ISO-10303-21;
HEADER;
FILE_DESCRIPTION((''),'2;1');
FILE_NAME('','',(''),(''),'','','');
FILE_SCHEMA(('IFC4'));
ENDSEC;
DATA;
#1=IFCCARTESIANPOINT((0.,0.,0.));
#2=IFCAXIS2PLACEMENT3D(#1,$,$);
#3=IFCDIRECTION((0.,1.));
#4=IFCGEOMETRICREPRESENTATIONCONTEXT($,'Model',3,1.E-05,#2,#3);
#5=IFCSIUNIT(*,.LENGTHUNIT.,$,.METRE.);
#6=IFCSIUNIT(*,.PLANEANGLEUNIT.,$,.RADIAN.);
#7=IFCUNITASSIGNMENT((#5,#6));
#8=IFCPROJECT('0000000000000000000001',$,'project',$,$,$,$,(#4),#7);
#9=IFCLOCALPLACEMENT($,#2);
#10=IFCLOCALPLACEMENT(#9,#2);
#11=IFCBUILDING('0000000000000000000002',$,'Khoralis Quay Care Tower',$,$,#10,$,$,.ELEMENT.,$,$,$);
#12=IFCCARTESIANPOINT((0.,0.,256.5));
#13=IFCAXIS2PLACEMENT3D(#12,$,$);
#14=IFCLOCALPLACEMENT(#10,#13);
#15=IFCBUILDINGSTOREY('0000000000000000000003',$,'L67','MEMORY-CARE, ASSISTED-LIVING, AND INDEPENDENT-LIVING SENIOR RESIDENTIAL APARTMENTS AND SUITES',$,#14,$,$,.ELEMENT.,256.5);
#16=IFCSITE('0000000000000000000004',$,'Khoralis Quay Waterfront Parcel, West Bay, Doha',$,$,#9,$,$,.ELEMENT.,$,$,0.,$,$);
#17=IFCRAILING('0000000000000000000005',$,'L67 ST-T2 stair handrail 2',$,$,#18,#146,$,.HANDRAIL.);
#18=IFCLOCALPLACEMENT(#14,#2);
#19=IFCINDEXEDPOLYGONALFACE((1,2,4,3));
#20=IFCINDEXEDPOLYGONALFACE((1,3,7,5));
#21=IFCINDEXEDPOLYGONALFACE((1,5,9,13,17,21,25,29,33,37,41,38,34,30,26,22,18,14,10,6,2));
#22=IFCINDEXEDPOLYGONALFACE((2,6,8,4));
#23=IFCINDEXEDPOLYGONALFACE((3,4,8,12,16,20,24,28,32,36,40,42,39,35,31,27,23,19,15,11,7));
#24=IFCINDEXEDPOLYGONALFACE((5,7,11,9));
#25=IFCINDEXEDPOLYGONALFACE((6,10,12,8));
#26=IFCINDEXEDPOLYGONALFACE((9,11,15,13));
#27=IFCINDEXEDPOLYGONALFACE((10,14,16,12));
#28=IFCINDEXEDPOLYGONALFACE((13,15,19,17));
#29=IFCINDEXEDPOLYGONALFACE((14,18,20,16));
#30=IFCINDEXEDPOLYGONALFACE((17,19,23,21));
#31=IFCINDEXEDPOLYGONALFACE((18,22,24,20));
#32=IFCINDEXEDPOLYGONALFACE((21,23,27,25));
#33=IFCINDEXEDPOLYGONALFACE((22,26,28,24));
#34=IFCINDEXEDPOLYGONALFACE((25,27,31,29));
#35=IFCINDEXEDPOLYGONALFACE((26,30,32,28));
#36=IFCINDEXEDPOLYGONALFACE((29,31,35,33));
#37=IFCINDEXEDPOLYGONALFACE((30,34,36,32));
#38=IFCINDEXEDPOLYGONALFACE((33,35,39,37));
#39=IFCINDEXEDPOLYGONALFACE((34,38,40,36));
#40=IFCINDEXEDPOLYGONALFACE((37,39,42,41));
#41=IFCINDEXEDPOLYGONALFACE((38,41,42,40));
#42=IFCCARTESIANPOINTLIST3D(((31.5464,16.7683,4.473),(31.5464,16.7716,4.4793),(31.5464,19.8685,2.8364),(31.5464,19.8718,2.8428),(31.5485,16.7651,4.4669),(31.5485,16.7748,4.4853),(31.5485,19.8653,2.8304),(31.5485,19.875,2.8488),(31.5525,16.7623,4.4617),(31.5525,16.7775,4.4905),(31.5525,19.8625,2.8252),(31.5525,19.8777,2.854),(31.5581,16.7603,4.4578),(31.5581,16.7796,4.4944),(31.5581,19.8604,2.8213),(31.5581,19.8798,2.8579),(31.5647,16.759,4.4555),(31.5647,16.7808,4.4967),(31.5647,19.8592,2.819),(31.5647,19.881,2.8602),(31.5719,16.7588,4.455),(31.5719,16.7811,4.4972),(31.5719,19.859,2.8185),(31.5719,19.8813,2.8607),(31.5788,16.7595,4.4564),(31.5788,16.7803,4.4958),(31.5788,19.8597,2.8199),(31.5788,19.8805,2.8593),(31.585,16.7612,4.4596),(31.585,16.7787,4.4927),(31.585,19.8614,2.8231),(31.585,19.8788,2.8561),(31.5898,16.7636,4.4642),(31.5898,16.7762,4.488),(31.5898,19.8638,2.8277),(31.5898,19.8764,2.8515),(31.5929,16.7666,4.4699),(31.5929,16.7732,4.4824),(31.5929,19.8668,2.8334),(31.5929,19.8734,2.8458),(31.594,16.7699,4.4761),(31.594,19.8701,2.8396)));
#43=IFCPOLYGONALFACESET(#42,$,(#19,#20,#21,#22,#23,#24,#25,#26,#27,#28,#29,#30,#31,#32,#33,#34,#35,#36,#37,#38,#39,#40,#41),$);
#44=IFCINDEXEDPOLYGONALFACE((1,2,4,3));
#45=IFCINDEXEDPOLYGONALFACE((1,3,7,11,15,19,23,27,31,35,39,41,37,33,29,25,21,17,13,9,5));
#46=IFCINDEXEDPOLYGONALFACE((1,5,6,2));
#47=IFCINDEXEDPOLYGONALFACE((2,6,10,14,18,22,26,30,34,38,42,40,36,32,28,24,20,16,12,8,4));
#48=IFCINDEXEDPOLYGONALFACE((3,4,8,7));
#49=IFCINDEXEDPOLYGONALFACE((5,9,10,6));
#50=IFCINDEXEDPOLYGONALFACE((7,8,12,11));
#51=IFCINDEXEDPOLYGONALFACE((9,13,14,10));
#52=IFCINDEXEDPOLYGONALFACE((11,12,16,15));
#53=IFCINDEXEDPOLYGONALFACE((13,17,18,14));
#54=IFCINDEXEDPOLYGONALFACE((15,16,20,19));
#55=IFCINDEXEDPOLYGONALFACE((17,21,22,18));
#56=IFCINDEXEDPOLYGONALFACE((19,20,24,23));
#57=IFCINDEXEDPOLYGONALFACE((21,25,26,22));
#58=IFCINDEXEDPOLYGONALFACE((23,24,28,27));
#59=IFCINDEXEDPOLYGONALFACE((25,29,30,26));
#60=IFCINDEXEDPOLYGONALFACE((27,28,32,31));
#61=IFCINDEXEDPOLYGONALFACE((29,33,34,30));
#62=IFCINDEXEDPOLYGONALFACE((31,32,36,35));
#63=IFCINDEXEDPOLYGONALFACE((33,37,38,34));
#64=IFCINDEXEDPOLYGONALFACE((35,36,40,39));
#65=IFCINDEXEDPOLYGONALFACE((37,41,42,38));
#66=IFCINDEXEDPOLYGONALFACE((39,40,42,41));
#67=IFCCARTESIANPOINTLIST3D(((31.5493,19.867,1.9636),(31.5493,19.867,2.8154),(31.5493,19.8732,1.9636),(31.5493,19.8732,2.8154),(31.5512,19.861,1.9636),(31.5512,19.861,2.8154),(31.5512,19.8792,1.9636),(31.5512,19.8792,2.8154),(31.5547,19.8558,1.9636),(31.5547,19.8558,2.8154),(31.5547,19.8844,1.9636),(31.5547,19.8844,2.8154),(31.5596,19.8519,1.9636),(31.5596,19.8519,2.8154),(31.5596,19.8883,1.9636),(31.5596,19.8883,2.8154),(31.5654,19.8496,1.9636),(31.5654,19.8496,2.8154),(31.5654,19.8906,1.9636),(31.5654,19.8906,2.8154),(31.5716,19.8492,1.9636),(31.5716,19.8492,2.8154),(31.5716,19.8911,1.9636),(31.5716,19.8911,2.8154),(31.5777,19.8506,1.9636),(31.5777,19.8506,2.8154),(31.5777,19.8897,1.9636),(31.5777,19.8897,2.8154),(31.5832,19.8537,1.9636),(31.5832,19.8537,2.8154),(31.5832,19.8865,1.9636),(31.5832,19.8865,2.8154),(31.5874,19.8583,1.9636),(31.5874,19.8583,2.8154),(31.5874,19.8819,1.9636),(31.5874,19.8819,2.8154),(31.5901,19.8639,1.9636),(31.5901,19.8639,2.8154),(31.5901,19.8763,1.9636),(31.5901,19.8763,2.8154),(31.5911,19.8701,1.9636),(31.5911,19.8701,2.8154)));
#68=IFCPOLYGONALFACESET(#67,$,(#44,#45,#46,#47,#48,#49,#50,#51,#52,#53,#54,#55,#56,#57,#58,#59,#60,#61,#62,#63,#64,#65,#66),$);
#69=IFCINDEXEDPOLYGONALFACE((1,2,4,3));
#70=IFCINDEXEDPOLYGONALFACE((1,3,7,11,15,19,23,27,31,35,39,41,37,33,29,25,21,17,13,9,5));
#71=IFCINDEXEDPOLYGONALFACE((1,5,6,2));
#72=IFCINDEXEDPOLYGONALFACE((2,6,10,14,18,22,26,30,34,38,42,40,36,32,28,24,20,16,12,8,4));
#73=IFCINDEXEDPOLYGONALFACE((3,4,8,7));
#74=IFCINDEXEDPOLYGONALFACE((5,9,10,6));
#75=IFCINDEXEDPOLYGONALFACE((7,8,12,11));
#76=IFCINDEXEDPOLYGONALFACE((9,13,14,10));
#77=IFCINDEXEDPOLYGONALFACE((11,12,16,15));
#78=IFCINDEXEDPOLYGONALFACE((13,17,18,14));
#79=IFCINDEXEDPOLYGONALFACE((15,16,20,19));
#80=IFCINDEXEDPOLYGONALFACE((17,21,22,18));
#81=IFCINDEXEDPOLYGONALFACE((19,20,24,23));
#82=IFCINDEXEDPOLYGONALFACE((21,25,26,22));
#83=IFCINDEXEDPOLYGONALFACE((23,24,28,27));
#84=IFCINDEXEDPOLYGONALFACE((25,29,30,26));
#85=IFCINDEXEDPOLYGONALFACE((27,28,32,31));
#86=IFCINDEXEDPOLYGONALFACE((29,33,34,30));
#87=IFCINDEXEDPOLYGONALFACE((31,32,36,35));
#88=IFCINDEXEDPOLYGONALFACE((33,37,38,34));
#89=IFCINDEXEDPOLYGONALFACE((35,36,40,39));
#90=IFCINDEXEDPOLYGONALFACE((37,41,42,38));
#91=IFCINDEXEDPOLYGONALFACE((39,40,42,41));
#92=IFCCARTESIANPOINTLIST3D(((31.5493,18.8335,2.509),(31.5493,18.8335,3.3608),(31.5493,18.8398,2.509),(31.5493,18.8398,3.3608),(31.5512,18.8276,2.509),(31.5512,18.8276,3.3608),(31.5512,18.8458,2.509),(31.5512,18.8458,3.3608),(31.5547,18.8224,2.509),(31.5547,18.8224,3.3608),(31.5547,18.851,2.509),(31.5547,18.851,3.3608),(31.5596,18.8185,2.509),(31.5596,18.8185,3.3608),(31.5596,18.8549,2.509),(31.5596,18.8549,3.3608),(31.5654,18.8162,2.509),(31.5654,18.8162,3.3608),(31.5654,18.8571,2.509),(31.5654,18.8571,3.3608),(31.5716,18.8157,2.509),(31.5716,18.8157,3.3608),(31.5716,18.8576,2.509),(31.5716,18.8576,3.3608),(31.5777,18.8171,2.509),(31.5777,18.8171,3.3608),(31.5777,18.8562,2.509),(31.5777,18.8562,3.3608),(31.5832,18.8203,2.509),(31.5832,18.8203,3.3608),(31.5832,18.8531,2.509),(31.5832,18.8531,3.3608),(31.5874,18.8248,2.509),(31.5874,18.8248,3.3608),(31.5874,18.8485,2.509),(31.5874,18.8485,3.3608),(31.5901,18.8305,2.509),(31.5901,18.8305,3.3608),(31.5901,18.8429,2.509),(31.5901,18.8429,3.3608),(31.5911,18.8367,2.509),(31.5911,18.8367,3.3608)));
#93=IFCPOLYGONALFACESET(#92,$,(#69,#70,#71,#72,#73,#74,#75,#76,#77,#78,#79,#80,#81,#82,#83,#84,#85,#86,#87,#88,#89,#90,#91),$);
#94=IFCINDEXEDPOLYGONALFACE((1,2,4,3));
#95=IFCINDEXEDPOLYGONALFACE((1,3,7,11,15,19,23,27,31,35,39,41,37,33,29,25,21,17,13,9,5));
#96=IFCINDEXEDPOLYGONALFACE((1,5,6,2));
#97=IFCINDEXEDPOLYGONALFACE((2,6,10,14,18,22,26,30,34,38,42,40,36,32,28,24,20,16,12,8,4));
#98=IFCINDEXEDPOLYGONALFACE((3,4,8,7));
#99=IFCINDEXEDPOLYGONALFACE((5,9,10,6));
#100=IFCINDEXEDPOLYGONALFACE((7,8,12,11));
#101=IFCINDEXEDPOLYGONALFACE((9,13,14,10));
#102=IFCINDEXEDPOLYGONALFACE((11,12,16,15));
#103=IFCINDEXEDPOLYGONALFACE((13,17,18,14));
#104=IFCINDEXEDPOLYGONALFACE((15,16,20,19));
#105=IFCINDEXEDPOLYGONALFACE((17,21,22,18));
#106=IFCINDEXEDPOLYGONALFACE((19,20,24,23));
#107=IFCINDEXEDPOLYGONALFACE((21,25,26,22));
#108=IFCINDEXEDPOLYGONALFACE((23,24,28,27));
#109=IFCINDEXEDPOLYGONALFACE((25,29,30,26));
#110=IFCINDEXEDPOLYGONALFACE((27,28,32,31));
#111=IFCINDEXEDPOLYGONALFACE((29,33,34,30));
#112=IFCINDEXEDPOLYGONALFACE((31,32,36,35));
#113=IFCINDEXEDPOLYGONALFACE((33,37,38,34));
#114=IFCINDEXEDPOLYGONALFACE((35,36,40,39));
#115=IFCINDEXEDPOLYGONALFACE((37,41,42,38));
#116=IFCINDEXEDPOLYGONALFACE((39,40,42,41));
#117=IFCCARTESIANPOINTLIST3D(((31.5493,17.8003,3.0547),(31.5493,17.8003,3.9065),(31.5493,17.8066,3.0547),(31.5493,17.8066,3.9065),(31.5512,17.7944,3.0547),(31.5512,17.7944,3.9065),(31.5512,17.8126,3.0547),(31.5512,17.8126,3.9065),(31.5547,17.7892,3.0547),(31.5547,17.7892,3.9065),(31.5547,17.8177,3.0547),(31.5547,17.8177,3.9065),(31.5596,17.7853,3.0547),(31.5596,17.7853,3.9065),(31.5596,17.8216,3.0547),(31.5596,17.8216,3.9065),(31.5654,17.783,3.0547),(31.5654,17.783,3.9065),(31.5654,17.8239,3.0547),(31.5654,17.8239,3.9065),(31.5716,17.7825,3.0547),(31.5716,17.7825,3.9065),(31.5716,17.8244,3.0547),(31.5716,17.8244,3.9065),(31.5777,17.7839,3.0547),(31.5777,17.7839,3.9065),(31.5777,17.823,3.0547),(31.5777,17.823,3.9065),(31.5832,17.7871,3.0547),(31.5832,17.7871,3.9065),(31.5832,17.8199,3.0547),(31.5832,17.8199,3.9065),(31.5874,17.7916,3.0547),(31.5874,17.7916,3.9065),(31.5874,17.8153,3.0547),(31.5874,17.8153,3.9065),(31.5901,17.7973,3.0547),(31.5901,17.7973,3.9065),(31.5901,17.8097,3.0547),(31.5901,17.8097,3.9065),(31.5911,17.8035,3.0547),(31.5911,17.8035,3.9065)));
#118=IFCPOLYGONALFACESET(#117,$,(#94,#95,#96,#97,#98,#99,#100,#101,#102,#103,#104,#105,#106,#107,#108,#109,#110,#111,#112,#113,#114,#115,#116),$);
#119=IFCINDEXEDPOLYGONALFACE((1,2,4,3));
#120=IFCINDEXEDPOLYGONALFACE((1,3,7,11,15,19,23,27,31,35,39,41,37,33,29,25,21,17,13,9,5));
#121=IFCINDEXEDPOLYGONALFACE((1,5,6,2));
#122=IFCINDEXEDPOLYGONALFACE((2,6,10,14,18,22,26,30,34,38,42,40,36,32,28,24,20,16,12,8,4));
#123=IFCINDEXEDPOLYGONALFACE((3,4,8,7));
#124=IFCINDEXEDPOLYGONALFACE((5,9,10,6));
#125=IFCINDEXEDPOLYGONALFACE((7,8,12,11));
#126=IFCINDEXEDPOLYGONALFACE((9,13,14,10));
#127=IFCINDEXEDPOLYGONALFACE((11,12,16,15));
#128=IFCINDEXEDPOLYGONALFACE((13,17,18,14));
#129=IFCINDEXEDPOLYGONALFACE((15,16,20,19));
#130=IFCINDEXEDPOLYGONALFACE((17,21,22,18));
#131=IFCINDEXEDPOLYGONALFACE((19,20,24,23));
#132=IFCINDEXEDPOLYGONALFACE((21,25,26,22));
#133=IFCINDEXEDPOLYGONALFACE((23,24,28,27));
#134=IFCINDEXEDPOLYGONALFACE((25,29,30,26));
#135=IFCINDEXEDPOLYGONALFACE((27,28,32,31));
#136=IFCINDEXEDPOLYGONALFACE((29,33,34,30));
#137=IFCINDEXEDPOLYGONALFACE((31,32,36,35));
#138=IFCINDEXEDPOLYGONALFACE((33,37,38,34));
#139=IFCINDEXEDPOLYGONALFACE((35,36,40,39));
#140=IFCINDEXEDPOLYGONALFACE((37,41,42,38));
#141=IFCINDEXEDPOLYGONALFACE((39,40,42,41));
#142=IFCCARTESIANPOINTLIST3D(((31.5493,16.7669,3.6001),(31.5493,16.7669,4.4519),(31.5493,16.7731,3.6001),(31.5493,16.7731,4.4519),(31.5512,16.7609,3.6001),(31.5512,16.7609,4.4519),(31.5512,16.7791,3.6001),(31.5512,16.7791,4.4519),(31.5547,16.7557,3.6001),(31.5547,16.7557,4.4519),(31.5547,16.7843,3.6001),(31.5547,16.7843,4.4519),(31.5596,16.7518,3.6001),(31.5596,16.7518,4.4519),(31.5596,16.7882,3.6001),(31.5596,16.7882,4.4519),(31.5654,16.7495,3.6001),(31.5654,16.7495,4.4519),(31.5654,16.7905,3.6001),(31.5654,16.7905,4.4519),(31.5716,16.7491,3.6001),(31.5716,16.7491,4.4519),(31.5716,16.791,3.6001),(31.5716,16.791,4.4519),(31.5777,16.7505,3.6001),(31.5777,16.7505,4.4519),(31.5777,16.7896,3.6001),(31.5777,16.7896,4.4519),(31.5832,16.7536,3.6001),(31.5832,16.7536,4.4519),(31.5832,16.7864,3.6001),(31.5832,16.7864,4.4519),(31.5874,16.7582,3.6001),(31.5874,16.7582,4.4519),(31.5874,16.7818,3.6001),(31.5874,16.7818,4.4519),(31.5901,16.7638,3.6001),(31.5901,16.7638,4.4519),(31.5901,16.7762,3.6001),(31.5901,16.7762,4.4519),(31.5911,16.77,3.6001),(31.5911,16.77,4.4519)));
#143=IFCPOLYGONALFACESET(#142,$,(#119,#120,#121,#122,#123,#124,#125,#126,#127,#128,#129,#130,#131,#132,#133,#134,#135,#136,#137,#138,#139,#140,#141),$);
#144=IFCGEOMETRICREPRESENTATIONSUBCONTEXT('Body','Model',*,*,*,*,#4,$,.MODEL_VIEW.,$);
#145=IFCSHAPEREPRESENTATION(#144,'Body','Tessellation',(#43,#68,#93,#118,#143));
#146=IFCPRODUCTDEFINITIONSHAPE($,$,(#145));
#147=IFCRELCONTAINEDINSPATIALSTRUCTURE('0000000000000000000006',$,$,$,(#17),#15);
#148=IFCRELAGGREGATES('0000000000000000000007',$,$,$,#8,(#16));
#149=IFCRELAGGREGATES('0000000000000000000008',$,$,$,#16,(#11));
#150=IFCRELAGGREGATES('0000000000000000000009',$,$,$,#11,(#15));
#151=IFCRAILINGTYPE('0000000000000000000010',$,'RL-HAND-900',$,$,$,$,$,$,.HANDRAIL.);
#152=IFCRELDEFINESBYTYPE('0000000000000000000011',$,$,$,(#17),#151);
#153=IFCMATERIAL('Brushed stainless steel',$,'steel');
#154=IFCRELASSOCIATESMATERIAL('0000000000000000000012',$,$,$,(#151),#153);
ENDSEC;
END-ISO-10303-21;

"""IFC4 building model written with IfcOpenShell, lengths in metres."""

from ifc_helpers import new_model, si_unit, direction, frame, origin, origin_2d, place, context, subcontext, project, spatial, circle, extrude, material, type_object, element, save


model = new_model("IFC4")

# Units and contexts
model_context = context("Model", 3, precision=1e-05, world=origin(), true_north=direction((0.0, 1.0)))
body_context = subcontext(model_context, "Body", "Model", "MODEL_VIEW")
ifc_project = project(units=[si_unit("LENGTHUNIT", "METRE"), si_unit("PLANEANGLEUNIT", "RADIAN")], contexts=[model_context])

# Site, building, storey
site_placement = place(None, origin())
site = spatial("IfcSite", under=ifc_project, at=site_placement, Name="Khoralis Quay Waterfront Parcel, West Bay, Doha", CompositionType="ELEMENT", RefElevation=0.0)
building_placement = place(site_placement, origin())
building = spatial("IfcBuilding", under=site, at=building_placement, Name="Khoralis Quay Care Tower", CompositionType="ELEMENT")
storey_placement = place(building_placement, frame((0.0, 0.0, 256.5)))
storey = spatial("IfcBuildingStorey", under=building, at=storey_placement, Name="L67", Description="MEMORY-CARE, ASSISTED-LIVING, AND INDEPENDENT-LIVING SENIOR RESIDENTIAL APARTMENTS AND SUITES", CompositionType="ELEMENT", Elevation=256.5)

# Shared definitions
ifc_material_1 = material(Name="Brushed stainless steel", Category="steel")

# Railing
railing_type_1 = type_object("IfcRailingType", Name="RL-HAND-900", PredefinedType="HANDRAIL", material=ifc_material_1)
railing_1_placement = place(storey_placement, frame((31.5701, 19.8701, 1.9636)))
element("IfcRailing", 1, at=railing_1_placement, inside=storey, type_object=railing_type_1, Name="L67 ST-T2 stair handrail 2", PredefinedType="HANDRAIL", context=body_context, shape_type="SweptSolid", body=[
    extrude(circle(Radius=0.0239, at=origin_2d()), frame((0.0, 0.0, 0.876), z_axis=(0.0, -0.884348, 0.466828), x_axis=(1.0, 0.0, 0.0)), (0.0, 0.0, 1.0), 3.5056),
    extrude(circle(Radius=0.021, at=origin_2d()), origin(), (0.0, 0.0, 1.0), 0.8518),
    extrude(circle(Radius=0.021, at=origin_2d()), frame((0.0, -1.0334, 0.5454)), (0.0, 0.0, 1.0), 0.8518),
    extrude(circle(Radius=0.021, at=origin_2d()), frame((0.0, -2.0667, 1.0911)), (0.0, 0.0, 1.0), 0.8518),
    extrude(circle(Radius=0.021, at=origin_2d()), frame((0.0, -3.1001, 1.6365)), (0.0, 0.0, 1.0), 0.8518),
])

save(model, "model.ifc")
